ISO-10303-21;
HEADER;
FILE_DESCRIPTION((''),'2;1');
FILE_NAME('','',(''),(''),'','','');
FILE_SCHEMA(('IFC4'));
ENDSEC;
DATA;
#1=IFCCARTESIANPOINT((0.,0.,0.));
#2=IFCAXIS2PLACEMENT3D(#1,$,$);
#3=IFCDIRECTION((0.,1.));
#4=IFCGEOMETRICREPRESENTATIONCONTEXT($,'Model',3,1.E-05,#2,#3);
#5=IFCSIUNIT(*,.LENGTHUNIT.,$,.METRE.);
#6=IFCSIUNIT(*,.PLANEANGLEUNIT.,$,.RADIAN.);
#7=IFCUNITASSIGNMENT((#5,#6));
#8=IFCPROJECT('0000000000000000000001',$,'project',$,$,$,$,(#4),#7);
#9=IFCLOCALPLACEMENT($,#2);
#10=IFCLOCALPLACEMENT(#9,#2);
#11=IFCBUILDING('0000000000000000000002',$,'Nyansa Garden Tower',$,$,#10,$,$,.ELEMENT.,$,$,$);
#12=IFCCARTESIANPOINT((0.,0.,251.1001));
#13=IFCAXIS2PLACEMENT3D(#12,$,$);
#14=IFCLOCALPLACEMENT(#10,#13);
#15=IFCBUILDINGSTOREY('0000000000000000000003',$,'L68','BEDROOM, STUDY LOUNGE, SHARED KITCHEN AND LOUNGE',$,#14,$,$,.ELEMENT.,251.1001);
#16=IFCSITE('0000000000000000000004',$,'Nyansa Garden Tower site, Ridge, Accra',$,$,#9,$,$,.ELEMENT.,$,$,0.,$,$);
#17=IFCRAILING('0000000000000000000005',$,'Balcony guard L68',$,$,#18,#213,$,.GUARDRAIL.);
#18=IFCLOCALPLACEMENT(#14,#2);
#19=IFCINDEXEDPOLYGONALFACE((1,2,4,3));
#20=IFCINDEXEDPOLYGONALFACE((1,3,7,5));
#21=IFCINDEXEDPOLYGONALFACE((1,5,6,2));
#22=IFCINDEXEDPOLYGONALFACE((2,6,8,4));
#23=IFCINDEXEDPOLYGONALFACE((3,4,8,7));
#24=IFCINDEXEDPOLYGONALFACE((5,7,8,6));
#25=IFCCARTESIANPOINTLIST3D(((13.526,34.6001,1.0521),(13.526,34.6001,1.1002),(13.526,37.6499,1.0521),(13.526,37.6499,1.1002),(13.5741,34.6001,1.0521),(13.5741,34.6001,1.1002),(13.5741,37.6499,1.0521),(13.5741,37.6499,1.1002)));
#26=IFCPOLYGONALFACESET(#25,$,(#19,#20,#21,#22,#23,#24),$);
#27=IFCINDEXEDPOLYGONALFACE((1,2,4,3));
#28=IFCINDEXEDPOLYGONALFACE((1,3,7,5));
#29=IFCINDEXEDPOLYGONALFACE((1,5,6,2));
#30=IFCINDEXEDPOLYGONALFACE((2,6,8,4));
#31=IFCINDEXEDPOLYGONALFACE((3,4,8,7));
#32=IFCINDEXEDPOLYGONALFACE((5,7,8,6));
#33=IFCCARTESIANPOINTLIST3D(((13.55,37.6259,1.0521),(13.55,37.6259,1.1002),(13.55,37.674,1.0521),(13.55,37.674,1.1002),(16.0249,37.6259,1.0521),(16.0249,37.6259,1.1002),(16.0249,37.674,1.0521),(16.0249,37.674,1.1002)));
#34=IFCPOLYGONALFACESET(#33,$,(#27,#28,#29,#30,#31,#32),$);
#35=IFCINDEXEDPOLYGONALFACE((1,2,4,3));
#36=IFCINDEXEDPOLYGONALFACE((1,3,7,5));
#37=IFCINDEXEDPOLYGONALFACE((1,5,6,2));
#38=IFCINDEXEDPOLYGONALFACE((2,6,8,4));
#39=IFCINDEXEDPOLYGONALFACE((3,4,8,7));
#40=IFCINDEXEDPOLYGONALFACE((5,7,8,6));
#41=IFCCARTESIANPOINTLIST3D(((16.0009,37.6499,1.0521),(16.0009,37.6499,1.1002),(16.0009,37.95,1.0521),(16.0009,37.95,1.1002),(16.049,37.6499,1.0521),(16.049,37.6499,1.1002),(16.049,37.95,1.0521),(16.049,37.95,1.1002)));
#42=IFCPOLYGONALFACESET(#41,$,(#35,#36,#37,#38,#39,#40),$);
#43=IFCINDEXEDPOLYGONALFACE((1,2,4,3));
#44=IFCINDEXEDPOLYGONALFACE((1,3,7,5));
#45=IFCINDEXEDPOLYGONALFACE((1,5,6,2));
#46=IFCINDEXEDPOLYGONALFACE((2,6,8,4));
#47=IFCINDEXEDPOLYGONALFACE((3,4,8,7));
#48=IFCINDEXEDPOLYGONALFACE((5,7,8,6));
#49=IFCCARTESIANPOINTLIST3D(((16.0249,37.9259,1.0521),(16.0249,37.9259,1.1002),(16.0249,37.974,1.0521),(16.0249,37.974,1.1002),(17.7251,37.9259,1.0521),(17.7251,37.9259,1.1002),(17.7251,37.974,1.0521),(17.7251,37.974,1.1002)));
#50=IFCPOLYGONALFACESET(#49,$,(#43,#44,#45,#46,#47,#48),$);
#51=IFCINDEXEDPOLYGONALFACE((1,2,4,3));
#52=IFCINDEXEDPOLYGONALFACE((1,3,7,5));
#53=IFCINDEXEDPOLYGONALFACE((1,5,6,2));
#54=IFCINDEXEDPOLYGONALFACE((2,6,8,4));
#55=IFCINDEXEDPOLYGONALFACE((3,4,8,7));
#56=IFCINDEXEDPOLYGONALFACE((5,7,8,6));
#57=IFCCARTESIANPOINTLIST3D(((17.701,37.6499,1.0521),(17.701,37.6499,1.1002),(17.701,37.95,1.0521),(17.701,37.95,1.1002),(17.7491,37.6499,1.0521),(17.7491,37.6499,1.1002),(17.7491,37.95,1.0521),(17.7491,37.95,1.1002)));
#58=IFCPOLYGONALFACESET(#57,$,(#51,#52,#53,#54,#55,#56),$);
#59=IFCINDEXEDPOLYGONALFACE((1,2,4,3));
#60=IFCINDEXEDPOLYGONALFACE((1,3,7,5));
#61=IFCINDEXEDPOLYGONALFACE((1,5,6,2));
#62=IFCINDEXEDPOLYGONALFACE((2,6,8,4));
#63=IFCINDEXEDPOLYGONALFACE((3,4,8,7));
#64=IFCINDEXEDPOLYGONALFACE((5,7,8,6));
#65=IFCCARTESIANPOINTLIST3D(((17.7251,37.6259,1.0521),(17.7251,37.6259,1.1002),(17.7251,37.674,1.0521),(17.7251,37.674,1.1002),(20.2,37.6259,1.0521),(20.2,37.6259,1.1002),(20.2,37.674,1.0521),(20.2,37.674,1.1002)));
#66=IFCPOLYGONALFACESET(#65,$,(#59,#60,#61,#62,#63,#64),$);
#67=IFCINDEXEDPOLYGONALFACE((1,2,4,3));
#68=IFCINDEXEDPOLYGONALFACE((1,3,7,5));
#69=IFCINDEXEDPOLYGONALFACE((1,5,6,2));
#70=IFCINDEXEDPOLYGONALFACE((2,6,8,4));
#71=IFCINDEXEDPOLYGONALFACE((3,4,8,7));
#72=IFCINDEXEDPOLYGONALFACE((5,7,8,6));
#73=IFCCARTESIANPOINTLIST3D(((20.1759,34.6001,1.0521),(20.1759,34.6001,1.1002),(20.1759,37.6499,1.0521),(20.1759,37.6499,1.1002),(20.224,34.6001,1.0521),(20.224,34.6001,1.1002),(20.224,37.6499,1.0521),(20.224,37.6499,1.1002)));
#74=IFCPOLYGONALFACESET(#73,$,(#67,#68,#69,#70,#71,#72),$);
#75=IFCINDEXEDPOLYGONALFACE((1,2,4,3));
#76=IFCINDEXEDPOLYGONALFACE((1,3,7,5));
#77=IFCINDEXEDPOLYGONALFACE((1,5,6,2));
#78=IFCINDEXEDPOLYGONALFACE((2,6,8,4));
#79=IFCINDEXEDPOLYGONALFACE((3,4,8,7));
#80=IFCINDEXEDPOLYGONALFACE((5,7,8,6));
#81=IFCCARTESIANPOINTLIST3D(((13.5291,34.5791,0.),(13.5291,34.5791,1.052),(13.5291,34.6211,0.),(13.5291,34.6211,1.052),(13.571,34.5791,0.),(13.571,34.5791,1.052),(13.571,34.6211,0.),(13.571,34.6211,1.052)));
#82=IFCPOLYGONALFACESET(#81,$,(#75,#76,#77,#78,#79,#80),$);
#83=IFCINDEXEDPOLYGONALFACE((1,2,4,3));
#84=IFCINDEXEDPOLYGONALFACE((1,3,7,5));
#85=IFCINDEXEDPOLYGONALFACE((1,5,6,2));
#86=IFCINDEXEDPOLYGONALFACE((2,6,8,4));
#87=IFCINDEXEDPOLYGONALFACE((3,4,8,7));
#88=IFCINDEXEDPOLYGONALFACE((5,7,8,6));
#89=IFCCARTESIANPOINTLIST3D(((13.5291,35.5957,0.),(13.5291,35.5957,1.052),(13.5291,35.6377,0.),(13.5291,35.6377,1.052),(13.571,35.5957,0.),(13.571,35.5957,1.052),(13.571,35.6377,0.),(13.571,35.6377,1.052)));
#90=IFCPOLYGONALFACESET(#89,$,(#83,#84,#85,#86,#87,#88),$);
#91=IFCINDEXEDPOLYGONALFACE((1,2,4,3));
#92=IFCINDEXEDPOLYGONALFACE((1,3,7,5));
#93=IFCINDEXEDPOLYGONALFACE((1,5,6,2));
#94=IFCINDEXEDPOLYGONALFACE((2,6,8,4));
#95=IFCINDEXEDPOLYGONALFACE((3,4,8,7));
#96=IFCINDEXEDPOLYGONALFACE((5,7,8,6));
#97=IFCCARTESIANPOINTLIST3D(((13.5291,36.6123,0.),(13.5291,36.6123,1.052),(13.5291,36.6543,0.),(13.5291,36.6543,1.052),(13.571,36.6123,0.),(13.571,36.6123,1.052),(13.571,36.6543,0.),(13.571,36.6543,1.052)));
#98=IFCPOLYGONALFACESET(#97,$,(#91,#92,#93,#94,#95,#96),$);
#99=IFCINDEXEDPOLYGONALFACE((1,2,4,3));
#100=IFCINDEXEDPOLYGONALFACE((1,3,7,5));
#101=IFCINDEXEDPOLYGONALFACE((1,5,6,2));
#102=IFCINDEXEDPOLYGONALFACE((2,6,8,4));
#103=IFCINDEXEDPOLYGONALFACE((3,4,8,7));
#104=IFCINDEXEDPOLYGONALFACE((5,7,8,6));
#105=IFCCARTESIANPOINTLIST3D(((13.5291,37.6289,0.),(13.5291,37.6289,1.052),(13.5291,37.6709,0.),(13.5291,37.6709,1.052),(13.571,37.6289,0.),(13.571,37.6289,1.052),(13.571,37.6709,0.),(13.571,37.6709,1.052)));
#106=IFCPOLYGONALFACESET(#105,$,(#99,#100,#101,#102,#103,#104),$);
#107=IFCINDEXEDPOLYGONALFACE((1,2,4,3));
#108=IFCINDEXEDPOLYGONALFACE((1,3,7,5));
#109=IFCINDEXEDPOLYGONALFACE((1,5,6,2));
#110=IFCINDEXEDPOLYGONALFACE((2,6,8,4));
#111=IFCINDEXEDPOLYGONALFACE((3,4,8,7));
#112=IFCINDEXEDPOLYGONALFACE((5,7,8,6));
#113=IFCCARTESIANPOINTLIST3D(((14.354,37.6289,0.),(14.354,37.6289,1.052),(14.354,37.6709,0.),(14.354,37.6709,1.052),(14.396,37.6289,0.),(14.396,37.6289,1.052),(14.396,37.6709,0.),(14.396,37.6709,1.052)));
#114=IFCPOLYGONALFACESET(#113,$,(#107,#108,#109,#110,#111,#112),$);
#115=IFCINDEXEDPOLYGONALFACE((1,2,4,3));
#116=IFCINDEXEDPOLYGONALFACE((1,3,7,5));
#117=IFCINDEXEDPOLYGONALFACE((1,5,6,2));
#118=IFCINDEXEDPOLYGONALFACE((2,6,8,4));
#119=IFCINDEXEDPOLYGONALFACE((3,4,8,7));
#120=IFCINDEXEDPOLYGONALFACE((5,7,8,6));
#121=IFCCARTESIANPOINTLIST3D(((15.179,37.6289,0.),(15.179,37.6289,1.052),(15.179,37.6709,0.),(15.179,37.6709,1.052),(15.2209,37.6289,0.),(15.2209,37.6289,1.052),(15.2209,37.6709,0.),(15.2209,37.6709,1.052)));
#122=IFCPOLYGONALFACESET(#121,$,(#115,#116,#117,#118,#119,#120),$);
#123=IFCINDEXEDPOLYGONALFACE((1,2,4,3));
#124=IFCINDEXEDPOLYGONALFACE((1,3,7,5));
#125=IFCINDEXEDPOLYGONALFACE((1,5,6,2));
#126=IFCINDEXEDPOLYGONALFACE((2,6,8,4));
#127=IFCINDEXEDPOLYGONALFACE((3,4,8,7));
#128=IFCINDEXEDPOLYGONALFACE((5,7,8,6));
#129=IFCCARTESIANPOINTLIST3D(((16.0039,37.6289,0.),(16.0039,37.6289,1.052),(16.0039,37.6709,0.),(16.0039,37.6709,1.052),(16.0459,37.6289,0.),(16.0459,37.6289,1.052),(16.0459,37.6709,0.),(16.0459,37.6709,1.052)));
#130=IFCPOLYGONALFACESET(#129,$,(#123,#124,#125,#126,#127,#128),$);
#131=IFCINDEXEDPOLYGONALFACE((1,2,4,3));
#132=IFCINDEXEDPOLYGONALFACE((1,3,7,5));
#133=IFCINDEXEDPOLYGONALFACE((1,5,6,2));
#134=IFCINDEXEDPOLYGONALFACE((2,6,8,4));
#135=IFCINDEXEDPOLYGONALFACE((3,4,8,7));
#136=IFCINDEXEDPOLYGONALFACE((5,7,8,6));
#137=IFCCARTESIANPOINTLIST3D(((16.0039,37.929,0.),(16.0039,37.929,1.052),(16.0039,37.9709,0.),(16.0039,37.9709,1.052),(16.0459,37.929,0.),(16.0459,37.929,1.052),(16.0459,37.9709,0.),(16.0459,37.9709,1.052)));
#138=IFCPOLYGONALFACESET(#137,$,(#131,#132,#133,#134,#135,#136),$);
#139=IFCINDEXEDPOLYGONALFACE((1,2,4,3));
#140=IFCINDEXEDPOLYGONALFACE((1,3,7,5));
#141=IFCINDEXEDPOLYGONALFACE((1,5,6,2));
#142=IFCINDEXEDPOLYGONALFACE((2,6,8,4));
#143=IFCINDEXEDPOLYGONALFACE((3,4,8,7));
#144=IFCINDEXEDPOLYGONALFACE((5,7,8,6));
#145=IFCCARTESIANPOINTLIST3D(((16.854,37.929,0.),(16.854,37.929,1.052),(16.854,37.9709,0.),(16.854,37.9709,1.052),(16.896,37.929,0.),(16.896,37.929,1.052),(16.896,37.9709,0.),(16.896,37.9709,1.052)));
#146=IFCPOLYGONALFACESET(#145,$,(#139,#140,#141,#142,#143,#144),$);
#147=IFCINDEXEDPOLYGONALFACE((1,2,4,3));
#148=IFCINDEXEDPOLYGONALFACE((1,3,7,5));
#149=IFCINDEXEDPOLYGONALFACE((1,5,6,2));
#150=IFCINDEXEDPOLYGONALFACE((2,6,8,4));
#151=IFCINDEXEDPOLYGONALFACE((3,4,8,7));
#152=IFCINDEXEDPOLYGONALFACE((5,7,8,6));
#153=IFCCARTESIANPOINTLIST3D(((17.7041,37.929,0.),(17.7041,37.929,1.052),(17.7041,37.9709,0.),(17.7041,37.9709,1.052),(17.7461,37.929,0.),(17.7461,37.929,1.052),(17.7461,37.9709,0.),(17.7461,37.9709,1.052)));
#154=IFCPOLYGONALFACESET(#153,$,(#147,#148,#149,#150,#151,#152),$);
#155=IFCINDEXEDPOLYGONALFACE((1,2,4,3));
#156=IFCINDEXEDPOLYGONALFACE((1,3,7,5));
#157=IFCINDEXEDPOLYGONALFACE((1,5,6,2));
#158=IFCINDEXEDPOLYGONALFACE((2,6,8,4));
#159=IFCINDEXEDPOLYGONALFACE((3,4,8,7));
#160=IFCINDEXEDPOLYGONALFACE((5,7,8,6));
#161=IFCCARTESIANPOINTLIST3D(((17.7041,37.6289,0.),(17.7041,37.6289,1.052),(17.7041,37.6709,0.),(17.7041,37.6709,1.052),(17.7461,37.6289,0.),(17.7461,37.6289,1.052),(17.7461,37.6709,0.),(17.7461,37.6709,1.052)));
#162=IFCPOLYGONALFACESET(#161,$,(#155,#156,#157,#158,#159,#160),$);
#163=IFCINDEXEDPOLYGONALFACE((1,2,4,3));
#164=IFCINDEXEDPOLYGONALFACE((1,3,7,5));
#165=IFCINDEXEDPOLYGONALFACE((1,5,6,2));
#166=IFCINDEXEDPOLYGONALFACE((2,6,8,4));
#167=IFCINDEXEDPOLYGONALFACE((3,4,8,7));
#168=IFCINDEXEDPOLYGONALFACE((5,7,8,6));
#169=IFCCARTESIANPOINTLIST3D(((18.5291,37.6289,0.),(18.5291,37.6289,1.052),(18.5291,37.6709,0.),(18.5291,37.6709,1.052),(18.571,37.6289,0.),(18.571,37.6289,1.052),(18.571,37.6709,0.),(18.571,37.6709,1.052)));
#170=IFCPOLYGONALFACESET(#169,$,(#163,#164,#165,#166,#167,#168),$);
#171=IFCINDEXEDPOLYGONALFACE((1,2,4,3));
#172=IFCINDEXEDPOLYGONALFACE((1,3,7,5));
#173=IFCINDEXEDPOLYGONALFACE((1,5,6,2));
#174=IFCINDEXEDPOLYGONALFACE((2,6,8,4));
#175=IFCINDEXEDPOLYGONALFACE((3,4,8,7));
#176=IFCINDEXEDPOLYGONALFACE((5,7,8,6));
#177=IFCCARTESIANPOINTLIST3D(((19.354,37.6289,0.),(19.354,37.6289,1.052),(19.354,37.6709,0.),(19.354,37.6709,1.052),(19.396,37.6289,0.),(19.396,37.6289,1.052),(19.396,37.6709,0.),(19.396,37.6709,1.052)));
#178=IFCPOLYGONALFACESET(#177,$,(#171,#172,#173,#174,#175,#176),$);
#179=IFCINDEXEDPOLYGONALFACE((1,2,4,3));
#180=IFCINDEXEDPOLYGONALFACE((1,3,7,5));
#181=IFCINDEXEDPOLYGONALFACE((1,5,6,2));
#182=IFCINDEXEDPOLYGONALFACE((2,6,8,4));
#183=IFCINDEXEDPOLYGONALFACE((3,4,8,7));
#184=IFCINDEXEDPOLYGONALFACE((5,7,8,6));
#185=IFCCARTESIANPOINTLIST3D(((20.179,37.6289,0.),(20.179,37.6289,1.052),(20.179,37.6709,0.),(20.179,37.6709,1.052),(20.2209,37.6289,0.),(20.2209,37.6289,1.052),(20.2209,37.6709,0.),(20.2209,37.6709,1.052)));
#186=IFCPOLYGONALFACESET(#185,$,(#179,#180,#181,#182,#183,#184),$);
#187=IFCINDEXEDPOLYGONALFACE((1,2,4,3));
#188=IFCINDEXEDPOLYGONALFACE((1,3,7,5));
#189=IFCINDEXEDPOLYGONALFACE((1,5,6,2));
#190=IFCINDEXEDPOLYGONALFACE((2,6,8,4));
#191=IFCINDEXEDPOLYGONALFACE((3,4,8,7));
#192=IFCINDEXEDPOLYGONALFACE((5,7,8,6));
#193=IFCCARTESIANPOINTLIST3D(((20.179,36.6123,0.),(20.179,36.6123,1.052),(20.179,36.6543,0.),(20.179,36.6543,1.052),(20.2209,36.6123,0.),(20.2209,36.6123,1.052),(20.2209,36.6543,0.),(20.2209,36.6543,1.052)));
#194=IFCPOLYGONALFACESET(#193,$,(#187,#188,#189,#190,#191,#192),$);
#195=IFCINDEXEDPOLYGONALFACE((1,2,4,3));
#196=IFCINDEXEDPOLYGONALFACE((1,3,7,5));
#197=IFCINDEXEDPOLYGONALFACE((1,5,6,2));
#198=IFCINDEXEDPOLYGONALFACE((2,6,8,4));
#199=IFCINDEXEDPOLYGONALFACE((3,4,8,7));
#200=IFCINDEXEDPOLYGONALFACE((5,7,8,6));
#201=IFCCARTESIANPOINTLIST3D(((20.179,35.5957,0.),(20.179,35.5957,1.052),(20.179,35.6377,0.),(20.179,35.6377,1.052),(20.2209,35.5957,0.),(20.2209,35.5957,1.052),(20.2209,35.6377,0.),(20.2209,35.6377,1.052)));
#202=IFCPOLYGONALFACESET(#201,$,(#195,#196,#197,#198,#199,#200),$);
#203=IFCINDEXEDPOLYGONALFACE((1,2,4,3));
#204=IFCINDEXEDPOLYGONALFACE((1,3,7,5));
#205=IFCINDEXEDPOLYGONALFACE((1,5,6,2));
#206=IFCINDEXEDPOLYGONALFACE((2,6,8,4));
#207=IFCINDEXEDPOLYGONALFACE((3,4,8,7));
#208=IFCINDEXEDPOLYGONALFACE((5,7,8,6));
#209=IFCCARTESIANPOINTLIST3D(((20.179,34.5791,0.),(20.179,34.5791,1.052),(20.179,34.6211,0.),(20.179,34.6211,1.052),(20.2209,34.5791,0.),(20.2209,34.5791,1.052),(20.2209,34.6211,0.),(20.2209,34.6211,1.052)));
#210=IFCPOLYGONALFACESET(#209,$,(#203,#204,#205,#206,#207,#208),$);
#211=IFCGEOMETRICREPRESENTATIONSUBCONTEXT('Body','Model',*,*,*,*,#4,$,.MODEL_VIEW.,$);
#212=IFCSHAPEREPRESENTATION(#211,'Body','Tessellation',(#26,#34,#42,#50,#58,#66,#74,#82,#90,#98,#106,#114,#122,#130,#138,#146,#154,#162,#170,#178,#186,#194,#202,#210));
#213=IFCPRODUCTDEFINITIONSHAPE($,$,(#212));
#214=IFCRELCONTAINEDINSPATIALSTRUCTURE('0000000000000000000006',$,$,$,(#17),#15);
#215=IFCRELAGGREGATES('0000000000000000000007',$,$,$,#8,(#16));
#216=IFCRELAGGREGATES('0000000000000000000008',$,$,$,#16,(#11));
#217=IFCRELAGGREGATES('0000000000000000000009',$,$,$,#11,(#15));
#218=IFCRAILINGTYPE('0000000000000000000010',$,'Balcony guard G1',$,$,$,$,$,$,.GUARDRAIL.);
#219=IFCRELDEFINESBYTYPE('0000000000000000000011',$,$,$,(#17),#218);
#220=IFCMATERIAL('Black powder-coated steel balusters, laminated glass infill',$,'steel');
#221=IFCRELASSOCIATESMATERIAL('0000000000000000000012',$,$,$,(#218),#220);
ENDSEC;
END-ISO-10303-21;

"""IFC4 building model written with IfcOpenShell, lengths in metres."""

from ifc_helpers import new_model, si_unit, direction, frame, origin, origin_2d, place, context, subcontext, project, spatial, rectangle, extrude, material, type_object, element, save


model = new_model("IFC4")

# Units and contexts
model_context = context("Model", 3, precision=1e-05, world=origin(), true_north=direction((0.0, 1.0)))
body_context = subcontext(model_context, "Body", "Model", "MODEL_VIEW")
ifc_project = project(units=[si_unit("LENGTHUNIT", "METRE"), si_unit("PLANEANGLEUNIT", "RADIAN")], contexts=[model_context])

# Site, building, storey
site_placement = place(None, origin())
site = spatial("IfcSite", under=ifc_project, at=site_placement, Name="Nyansa Garden Tower site, Ridge, Accra", CompositionType="ELEMENT", RefElevation=0.0)
building_placement = place(site_placement, origin())
building = spatial("IfcBuilding", under=site, at=building_placement, Name="Nyansa Garden Tower", CompositionType="ELEMENT")
storey_placement = place(building_placement, frame((0.0, 0.0, 251.1001)))
storey = spatial("IfcBuildingStorey", under=building, at=storey_placement, Name="L68", Description="BEDROOM, STUDY LOUNGE, SHARED KITCHEN AND LOUNGE", CompositionType="ELEMENT", Elevation=251.1001)

# Railing
ifc_material_1 = material(Name="Black powder-coated steel balusters, laminated glass infill", Category="steel")
railing_type = type_object("IfcRailingType", Name="Balcony guard G1", PredefinedType="GUARDRAIL", material=ifc_material_1)
railing_placement = place(storey_placement, frame((13.55, 34.6001, 0.0)))
element("IfcRailing", 1, at=railing_placement, inside=storey, type_object=railing_type, Name="Balcony guard L68", PredefinedType="GUARDRAIL", context=body_context, shape_type="SweptSolid", body=[
    extrude(rectangle(XDim=0.0481, YDim=0.0481, at=origin_2d()), frame((0.0, 0.0, 1.0762), z_axis=(0.0, 1.0, 0.0), x_axis=(-1.0, 0.0, 0.0)), (0.0, 0.0, 1.0), 3.0498),
    extrude(rectangle(XDim=0.0481, YDim=0.0481, at=origin_2d()), frame((0.0, 3.0498, 1.0762), z_axis=(1.0, 0.0, 0.0), x_axis=(0.0, 1.0, 0.0)), (0.0, 0.0, 1.0), 2.4749),
    extrude(rectangle(XDim=0.0481, YDim=0.0481, at=origin_2d()), frame((2.4749, 3.0498, 1.0762), z_axis=(0.0, 1.0, 0.0), x_axis=(-1.0, 0.0, 0.0)), (0.0, 0.0, 1.0), 0.3),
    extrude(rectangle(XDim=0.0481, YDim=0.0481, at=origin_2d()), frame((2.4749, 3.3499, 1.0762), z_axis=(1.0, 0.0, 0.0), x_axis=(0.0, 1.0, 0.0)), (0.0, 0.0, 1.0), 1.7002),
    extrude(rectangle(XDim=0.0481, YDim=0.0481, at=origin_2d()), frame((4.175, 3.3499, 1.0762), z_axis=(0.0, -1.0, 0.0), x_axis=(1.0, 0.0, 0.0)), (0.0, 0.0, 1.0), 0.3),
    extrude(rectangle(XDim=0.0481, YDim=0.0481, at=origin_2d()), frame((4.175, 3.0498, 1.0762), z_axis=(1.0, 0.0, 0.0), x_axis=(0.0, 1.0, 0.0)), (0.0, 0.0, 1.0), 2.4749),
    extrude(rectangle(XDim=0.0481, YDim=0.0481, at=origin_2d()), frame((6.6499, 3.0498, 1.0762), z_axis=(0.0, -1.0, 0.0), x_axis=(1.0, 0.0, 0.0)), (0.0, 0.0, 1.0), 3.0498),
    extrude(rectangle(XDim=0.042, YDim=0.042, at=origin_2d()), origin(), (0.0, 0.0, 1.0), 1.052),
    extrude(rectangle(XDim=0.042, YDim=0.042, at=origin_2d()), frame((0.0, 1.0166, 0.0)), (0.0, 0.0, 1.0), 1.052),
    extrude(rectangle(XDim=0.042, YDim=0.042, at=origin_2d()), frame((0.0, 2.0332, 0.0)), (0.0, 0.0, 1.0), 1.052),
    extrude(rectangle(XDim=0.042, YDim=0.042, at=origin_2d()), frame((0.0, 3.0498, 0.0)), (0.0, 0.0, 1.0), 1.052),
    extrude(rectangle(XDim=0.042, YDim=0.042, at=origin_2d()), frame((0.825, 3.0498, 0.0)), (0.0, 0.0, 1.0), 1.052),
    extrude(rectangle(XDim=0.042, YDim=0.042, at=origin_2d()), frame((1.6499, 3.0498, 0.0)), (0.0, 0.0, 1.0), 1.052),
    extrude(rectangle(XDim=0.042, YDim=0.042, at=origin_2d()), frame((2.4749, 3.0498, 0.0)), (0.0, 0.0, 1.0), 1.052),
    extrude(rectangle(XDim=0.042, YDim=0.042, at=origin_2d()), frame((2.4749, 3.3499, 0.0)), (0.0, 0.0, 1.0), 1.052),
    extrude(rectangle(XDim=0.042, YDim=0.042, at=origin_2d()), frame((3.325, 3.3499, 0.0)), (0.0, 0.0, 1.0), 1.052),
    extrude(rectangle(XDim=0.042, YDim=0.042, at=origin_2d()), frame((4.175, 3.3499, 0.0)), (0.0, 0.0, 1.0), 1.052),
    extrude(rectangle(XDim=0.042, YDim=0.042, at=origin_2d()), frame((4.175, 3.0498, 0.0)), (0.0, 0.0, 1.0), 1.052),
    extrude(rectangle(XDim=0.042, YDim=0.042, at=origin_2d()), frame((5.0, 3.0498, 0.0)), (0.0, 0.0, 1.0), 1.052),
    extrude(rectangle(XDim=0.042, YDim=0.042, at=origin_2d()), frame((5.825, 3.0498, 0.0)), (0.0, 0.0, 1.0), 1.052),
    extrude(rectangle(XDim=0.042, YDim=0.042, at=origin_2d()), frame((6.6499, 3.0498, 0.0)), (0.0, 0.0, 1.0), 1.052),
    extrude(rectangle(XDim=0.042, YDim=0.042, at=origin_2d()), frame((6.6499, 2.0332, 0.0)), (0.0, 0.0, 1.0), 1.052),
    extrude(rectangle(XDim=0.042, YDim=0.042, at=origin_2d()), frame((6.6499, 1.0166, 0.0)), (0.0, 0.0, 1.0), 1.052),
    extrude(rectangle(XDim=0.042, YDim=0.042, at=origin_2d()), frame((6.6499, 0.0, 0.0)), (0.0, 0.0, 1.0), 1.052),
])

save(model, "model.ifc")
